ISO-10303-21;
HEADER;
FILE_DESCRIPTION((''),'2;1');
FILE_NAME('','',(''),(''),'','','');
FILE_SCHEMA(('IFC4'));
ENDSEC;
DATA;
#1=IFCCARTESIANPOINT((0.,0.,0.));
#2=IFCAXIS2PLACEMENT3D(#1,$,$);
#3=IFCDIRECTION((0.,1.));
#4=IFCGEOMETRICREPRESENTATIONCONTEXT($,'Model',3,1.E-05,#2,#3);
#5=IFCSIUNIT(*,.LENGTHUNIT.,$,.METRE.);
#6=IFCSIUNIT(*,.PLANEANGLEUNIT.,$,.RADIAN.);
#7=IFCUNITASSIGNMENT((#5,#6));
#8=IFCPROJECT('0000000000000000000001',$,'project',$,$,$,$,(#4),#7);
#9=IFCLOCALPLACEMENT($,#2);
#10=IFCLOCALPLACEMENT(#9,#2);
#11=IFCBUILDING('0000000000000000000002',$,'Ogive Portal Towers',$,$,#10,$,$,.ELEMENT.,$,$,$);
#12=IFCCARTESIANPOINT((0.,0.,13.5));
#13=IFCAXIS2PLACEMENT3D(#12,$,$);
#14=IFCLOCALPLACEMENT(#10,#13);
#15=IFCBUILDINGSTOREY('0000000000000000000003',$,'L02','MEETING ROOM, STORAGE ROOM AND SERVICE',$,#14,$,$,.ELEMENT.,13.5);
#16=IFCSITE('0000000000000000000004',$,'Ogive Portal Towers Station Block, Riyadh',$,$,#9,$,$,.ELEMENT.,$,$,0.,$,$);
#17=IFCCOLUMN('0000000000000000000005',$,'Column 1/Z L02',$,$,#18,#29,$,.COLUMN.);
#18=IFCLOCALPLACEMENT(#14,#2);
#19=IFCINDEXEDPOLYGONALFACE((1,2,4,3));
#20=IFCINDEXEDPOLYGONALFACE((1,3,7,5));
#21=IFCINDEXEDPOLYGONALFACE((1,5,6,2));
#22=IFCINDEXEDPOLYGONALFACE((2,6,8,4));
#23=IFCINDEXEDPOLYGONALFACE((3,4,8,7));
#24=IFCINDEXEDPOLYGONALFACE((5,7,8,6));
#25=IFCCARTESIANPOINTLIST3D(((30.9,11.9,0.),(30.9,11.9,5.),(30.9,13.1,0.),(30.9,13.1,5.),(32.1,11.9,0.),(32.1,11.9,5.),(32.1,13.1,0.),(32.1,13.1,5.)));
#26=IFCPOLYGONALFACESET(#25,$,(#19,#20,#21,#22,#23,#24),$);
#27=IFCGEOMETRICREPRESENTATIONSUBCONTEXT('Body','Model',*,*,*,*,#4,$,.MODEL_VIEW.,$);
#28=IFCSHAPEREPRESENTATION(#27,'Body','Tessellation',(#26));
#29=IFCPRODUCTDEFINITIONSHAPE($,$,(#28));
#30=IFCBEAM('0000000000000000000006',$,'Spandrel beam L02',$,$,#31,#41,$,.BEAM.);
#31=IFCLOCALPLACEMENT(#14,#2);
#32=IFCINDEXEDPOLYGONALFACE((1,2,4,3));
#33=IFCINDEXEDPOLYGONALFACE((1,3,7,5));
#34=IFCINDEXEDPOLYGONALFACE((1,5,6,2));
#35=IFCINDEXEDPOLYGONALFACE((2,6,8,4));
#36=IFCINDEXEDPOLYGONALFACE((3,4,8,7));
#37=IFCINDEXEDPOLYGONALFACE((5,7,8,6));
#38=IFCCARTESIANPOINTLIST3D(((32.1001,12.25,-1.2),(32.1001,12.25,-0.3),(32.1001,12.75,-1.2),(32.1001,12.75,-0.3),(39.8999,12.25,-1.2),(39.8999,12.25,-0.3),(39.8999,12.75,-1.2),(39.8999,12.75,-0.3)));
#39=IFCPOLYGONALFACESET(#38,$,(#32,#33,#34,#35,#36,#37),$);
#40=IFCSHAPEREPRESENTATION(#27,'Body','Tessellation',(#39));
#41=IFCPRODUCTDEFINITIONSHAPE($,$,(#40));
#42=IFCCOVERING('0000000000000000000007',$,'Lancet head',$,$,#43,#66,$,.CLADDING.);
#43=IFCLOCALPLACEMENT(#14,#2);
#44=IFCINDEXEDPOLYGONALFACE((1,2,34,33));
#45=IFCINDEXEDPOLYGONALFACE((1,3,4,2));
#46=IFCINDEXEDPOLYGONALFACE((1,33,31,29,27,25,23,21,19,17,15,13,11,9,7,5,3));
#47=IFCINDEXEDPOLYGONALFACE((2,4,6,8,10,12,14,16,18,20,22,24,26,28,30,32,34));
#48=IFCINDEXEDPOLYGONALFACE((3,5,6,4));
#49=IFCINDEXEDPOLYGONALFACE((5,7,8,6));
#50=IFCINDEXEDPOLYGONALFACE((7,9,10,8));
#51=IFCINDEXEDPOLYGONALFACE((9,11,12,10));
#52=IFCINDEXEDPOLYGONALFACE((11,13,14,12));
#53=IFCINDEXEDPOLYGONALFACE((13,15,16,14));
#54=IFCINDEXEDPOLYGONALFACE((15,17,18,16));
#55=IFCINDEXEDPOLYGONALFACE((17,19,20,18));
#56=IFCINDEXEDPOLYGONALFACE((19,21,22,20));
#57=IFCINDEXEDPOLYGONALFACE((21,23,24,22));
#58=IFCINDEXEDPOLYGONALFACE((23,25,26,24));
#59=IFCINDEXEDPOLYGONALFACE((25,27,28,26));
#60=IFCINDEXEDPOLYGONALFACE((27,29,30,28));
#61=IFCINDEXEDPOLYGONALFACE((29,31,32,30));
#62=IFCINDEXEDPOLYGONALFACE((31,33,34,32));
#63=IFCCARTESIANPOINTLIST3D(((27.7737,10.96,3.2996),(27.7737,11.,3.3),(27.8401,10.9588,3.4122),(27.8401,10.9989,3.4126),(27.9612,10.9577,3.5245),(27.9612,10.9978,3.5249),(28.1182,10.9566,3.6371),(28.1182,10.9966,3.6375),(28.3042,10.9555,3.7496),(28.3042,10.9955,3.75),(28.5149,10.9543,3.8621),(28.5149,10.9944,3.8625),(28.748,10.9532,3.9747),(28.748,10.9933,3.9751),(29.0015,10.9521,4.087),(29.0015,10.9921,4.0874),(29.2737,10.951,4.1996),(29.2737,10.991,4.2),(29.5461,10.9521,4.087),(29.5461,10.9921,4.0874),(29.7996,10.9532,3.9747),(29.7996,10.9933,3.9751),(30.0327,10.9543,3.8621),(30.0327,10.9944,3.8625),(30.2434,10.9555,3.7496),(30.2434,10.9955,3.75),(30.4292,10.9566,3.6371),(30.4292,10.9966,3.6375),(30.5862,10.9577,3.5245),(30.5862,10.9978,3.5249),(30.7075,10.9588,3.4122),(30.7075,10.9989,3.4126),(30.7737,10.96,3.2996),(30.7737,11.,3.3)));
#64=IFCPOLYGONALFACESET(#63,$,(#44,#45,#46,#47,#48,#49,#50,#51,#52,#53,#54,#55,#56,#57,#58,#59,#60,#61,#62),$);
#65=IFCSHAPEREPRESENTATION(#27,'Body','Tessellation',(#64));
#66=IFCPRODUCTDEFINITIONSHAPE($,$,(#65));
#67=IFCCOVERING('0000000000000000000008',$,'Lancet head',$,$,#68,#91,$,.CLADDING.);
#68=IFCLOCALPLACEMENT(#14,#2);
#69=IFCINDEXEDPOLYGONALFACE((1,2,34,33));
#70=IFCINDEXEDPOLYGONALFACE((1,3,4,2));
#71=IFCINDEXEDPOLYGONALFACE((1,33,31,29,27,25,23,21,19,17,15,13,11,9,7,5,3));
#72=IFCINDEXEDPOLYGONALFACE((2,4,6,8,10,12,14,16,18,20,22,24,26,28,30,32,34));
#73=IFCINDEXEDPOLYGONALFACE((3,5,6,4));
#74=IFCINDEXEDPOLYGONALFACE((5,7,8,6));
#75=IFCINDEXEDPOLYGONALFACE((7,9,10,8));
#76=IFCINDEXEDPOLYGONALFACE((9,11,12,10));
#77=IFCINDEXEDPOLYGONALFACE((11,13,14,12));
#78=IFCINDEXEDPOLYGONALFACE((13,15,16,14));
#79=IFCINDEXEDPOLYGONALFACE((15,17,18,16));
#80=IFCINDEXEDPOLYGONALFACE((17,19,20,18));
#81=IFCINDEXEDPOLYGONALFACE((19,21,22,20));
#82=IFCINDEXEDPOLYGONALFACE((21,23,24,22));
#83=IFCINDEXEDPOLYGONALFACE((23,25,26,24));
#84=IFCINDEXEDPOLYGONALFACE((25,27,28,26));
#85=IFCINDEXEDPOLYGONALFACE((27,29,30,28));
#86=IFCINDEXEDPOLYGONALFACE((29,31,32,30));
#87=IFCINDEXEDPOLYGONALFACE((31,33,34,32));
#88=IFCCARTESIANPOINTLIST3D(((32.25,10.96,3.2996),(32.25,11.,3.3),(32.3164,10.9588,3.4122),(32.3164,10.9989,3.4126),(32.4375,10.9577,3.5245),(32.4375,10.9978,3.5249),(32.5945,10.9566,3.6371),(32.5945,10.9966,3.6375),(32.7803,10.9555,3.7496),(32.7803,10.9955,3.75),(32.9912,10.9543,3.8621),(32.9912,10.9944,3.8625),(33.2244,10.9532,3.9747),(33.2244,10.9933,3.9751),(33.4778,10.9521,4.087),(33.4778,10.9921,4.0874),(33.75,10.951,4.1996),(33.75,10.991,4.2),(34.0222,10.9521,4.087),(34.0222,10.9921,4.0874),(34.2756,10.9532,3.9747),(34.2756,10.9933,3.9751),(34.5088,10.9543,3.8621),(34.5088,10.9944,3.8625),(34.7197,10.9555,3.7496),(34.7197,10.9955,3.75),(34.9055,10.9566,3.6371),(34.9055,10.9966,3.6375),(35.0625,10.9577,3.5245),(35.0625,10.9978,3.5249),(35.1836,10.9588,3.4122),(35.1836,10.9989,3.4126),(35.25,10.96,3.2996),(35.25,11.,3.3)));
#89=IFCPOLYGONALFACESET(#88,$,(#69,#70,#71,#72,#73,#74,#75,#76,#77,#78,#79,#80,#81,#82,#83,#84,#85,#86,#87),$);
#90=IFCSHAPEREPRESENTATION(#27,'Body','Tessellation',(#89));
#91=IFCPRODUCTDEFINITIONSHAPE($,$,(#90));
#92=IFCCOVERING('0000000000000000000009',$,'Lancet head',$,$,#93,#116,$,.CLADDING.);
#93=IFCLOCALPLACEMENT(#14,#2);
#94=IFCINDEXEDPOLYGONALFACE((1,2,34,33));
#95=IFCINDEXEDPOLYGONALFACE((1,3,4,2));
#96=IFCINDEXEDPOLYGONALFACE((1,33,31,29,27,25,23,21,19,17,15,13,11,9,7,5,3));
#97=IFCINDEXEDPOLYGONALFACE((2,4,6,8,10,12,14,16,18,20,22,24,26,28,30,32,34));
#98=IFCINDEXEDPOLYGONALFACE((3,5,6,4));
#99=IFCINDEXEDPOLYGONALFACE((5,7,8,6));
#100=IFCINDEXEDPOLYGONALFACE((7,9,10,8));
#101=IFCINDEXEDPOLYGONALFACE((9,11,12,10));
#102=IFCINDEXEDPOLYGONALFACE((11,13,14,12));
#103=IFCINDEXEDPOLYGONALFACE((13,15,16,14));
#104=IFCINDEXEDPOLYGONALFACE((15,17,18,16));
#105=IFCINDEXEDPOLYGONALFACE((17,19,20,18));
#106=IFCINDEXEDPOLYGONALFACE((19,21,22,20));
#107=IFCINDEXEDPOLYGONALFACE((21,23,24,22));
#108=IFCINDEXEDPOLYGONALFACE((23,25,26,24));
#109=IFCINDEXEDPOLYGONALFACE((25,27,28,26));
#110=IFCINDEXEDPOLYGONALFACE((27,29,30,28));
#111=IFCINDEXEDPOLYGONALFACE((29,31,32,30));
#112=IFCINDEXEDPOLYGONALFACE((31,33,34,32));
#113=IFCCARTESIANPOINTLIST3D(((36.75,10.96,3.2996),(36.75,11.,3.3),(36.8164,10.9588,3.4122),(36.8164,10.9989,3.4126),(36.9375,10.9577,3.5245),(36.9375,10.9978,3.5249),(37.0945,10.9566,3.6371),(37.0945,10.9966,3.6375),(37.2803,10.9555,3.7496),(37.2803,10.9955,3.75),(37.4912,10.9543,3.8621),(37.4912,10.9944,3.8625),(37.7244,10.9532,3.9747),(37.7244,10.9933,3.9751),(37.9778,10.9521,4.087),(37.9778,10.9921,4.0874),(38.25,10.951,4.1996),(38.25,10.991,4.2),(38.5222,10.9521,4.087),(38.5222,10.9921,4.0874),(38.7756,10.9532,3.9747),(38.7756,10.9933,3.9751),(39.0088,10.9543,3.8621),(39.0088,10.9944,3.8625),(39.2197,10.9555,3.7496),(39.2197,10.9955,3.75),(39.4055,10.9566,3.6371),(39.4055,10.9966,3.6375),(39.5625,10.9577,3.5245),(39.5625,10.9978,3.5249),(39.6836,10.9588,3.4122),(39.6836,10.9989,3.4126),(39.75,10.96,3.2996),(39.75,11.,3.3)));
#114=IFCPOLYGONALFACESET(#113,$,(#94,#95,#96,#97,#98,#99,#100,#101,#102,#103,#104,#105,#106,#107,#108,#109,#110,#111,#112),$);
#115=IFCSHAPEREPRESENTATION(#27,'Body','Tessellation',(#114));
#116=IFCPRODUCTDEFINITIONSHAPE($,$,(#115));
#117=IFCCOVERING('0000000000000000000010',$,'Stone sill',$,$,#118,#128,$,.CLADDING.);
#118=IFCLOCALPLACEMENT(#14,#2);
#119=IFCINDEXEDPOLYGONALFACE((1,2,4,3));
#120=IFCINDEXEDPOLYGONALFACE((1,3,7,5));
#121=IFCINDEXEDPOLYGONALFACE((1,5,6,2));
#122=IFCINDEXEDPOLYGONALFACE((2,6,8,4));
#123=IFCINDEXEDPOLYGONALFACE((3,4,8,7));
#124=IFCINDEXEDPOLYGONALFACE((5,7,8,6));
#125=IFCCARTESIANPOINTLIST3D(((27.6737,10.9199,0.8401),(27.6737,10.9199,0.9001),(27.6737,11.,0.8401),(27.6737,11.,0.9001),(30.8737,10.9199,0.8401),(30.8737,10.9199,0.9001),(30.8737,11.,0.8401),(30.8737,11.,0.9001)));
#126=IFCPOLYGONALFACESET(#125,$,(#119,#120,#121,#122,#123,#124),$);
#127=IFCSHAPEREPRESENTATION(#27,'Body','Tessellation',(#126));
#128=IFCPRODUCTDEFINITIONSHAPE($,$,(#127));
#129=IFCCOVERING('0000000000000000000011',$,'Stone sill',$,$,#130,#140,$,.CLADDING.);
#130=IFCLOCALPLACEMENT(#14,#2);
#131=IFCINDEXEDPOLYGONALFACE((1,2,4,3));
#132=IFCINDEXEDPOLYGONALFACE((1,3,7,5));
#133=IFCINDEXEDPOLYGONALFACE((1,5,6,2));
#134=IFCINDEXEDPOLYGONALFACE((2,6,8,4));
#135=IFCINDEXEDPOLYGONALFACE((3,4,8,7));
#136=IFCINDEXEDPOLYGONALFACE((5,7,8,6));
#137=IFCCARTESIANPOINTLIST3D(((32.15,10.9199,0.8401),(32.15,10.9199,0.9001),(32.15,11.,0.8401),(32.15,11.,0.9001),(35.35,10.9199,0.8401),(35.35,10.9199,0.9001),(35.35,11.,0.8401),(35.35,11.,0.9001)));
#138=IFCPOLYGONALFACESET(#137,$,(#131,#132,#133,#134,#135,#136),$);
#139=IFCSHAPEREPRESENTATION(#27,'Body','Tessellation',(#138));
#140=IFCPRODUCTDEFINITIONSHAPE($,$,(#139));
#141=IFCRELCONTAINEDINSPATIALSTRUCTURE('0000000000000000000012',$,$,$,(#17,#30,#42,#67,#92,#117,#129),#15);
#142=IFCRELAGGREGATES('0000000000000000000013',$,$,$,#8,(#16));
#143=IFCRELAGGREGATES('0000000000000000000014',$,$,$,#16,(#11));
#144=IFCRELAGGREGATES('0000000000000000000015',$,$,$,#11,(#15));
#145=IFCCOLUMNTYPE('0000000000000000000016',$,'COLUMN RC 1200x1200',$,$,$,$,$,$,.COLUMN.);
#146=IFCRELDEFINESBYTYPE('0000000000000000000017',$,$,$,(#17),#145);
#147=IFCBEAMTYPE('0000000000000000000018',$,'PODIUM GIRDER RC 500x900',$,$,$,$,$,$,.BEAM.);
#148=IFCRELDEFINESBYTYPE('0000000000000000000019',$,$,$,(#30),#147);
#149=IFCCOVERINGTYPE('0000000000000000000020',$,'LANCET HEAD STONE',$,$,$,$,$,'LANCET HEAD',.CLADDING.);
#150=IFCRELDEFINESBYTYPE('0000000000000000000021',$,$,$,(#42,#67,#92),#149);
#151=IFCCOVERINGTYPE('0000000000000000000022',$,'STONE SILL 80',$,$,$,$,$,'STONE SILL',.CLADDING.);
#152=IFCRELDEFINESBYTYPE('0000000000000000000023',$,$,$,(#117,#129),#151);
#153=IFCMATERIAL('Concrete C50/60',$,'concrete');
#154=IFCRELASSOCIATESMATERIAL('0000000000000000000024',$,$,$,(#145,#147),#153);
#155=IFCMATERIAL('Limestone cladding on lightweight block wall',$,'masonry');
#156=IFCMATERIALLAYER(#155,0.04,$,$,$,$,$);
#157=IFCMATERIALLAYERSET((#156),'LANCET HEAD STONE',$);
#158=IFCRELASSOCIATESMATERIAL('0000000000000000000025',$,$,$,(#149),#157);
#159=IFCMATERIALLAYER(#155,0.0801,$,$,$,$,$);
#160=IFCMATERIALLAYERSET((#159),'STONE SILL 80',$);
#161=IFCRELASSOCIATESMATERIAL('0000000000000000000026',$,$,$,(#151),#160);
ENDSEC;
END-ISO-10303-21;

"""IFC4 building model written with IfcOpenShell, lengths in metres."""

from ifc_helpers import new_model, si_unit, direction, frame, origin, origin_2d, place, context, subcontext, project, spatial, polyline, rectangle, outline, extrude, material, layer, layer_set, material_profile, profile_set, type_object, element, save


model = new_model("IFC4")

# Units and contexts
model_context = context("Model", 3, precision=1e-05, world=origin(), true_north=direction((0.0, 1.0)))
body_context = subcontext(model_context, "Body", "Model", "MODEL_VIEW")
ifc_project = project(units=[si_unit("LENGTHUNIT", "METRE"), si_unit("PLANEANGLEUNIT", "RADIAN")], contexts=[model_context])

# Site, building, storey
site_placement = place(None, origin())
site = spatial("IfcSite", under=ifc_project, at=site_placement, Name="Ogive Portal Towers Station Block, Riyadh", CompositionType="ELEMENT", RefElevation=0.0)
building_placement = place(site_placement, origin())
building = spatial("IfcBuilding", under=site, at=building_placement, Name="Ogive Portal Towers", CompositionType="ELEMENT")
storey_placement = place(building_placement, frame((0.0, 0.0, 13.5)))
storey = spatial("IfcBuildingStorey", under=building, at=storey_placement, Name="L02", Description="MEETING ROOM, STORAGE ROOM AND SERVICE", CompositionType="ELEMENT", Elevation=13.5)

# Column
ifc_material_1 = material(Name="Concrete C50/60", Category="concrete")
ifc_material_profile_1 = material_profile(ifc_material_1, rectangle(XDim=1.2, YDim=1.2, at=origin_2d()), Name="RC 1200x1200")
ifc_profile_set_1 = profile_set([ifc_material_profile_1], Name="Concrete C50/60")
column_type = type_object("IfcColumnType", Name="COLUMN RC 1200x1200", PredefinedType="COLUMN", material=ifc_profile_set_1)
column_placement = place(storey_placement, frame((31.5, 12.5, 0.0), z_axis=(0.0, 0.0, 1.0), x_axis=(1.0, 0.0, 0.0)))
element("IfcColumn", 1, at=column_placement, inside=storey, type_object=column_type, Name="Column 1/Z L02", PredefinedType="COLUMN", context=body_context, shape_type="SweptSolid", body=[
    extrude(rectangle(XDim=1.2, YDim=1.2, at=origin_2d()), origin(), (0.0, 0.0, 1.0), 5.0),
])

# Beam
ifc_material_profile_2 = material_profile(ifc_material_1, rectangle(XDim=0.5, YDim=0.8999, at=origin_2d()), Name="RC 500x900")
ifc_profile_set_2 = profile_set([ifc_material_profile_2], Name="Concrete C50/60")
beam_type = type_object("IfcBeamType", Name="PODIUM GIRDER RC 500x900", PredefinedType="BEAM", material=ifc_profile_set_2)
beam_placement = place(storey_placement, frame((32.1001, 12.5, -0.75), z_axis=(1.0, 0.0, 0.0), x_axis=(0.0, 1.0, 0.0)))
element("IfcBeam", 2, at=beam_placement, inside=storey, type_object=beam_type, Name="Spandrel beam L02", PredefinedType="BEAM", context=body_context, shape_type="SweptSolid", body=[
    extrude(rectangle(XDim=0.5, YDim=0.8999, at=origin_2d()), origin(), (0.0, 0.0, 1.0), 7.7998),
])

# Shared definitions
ifc_material_2 = material(Name="Limestone cladding on lightweight block wall", Category="masonry")

# Coverings
ifc_layer_1 = layer(ifc_material_2, 0.04)
ifc_layer_set_1 = layer_set([ifc_layer_1], Name="LANCET HEAD STONE")
covering_type_1 = type_object("IfcCoveringType", Name="LANCET HEAD STONE", ElementType="LANCET HEAD", PredefinedType="CLADDING", material=ifc_layer_set_1)
covering_placement = place(storey_placement, frame((27.7737, 11.0, 3.3), z_axis=(0.0, 0.99995, 0.009994), x_axis=(1.0, 0.0, 0.0)))
element("IfcCovering", 3, at=covering_placement, inside=storey, type_object=covering_type_1, Name="Lancet head", PredefinedType="CLADDING", context=body_context, shape_type="SweptSolid", body=[
    extrude(outline(polyline([(0.0, 0.0), (3.0, 0.0), (2.9338, -0.1126), (2.8125, -0.2249), (2.6555, -0.3374), (2.4697, -0.45), (2.259, -0.5625), (2.0259, -0.6751), (1.7725, -0.7874), (1.5, -0.8999), (1.2278, -0.7874), (0.9744, -0.6751), (0.7412, -0.5625), (0.5305, -0.45), (0.3445, -0.3374), (0.1875, -0.2249), (0.0664, -0.1126), (0.0, 0.0)])), origin(), (0.0, 0.0, -1.0), 0.04),
])
for number, where, z_axis, x_axis, name in (
    (4, (32.25, 11.0, 3.3), (0.0, 0.99995, 0.009994), (1.0, 0.0, 0.0), "Lancet head"),
    (5, (36.75, 11.0, 3.3), (0.0, 0.99995, 0.009994), (1.0, 0.0, 0.0), "Lancet head"),
):
    element("IfcCovering", number, at=place(storey_placement, frame(where, z_axis=z_axis, x_axis=x_axis)), inside=storey, type_object=covering_type_1, Name=name, PredefinedType="CLADDING", context=body_context, shape_type="SweptSolid", body=[
        extrude(outline(polyline([(0.0, 0.0), (3.0, 0.0), (2.9336, -0.1126), (2.8125, -0.2249), (2.6555, -0.3374), (2.4697, -0.45), (2.2588, -0.5625), (2.0256, -0.6751), (1.7722, -0.7874), (1.5, -0.8999), (1.2278, -0.7874), (0.9744, -0.6751), (0.7412, -0.5625), (0.5303, -0.45), (0.3445, -0.3374), (0.1875, -0.2249), (0.0664, -0.1126), (0.0, 0.0)])), origin(), (0.0, 0.0, -1.0), 0.04),
    ])
ifc_layer_2 = layer(ifc_material_2, 0.0801)
ifc_layer_set_2 = layer_set([ifc_layer_2], Name="STONE SILL 80")
covering_type_2 = type_object("IfcCoveringType", Name="STONE SILL 80", ElementType="STONE SILL", PredefinedType="CLADDING", material=ifc_layer_set_2)
for number, where, z_axis, x_axis, name in (
    (6, (29.2737, 10.96, 0.8401), (0.0, 0.0, 1.0), (1.0, 0.0, 0.0), "Stone sill"),
    (7, (33.75, 10.96, 0.8401), (0.0, 0.0, 1.0), (1.0, 0.0, 0.0), "Stone sill"),
):
    element("IfcCovering", number, at=place(storey_placement, frame(where, z_axis=z_axis, x_axis=x_axis)), inside=storey, type_object=covering_type_2, Name=name, PredefinedType="CLADDING", context=body_context, shape_type="SweptSolid", body=[
        extrude(rectangle(XDim=3.2, YDim=0.0801, at=origin_2d()), origin(), (0.0, 0.0, 1.0), 0.0601),
    ])

save(model, "model.ifc")
